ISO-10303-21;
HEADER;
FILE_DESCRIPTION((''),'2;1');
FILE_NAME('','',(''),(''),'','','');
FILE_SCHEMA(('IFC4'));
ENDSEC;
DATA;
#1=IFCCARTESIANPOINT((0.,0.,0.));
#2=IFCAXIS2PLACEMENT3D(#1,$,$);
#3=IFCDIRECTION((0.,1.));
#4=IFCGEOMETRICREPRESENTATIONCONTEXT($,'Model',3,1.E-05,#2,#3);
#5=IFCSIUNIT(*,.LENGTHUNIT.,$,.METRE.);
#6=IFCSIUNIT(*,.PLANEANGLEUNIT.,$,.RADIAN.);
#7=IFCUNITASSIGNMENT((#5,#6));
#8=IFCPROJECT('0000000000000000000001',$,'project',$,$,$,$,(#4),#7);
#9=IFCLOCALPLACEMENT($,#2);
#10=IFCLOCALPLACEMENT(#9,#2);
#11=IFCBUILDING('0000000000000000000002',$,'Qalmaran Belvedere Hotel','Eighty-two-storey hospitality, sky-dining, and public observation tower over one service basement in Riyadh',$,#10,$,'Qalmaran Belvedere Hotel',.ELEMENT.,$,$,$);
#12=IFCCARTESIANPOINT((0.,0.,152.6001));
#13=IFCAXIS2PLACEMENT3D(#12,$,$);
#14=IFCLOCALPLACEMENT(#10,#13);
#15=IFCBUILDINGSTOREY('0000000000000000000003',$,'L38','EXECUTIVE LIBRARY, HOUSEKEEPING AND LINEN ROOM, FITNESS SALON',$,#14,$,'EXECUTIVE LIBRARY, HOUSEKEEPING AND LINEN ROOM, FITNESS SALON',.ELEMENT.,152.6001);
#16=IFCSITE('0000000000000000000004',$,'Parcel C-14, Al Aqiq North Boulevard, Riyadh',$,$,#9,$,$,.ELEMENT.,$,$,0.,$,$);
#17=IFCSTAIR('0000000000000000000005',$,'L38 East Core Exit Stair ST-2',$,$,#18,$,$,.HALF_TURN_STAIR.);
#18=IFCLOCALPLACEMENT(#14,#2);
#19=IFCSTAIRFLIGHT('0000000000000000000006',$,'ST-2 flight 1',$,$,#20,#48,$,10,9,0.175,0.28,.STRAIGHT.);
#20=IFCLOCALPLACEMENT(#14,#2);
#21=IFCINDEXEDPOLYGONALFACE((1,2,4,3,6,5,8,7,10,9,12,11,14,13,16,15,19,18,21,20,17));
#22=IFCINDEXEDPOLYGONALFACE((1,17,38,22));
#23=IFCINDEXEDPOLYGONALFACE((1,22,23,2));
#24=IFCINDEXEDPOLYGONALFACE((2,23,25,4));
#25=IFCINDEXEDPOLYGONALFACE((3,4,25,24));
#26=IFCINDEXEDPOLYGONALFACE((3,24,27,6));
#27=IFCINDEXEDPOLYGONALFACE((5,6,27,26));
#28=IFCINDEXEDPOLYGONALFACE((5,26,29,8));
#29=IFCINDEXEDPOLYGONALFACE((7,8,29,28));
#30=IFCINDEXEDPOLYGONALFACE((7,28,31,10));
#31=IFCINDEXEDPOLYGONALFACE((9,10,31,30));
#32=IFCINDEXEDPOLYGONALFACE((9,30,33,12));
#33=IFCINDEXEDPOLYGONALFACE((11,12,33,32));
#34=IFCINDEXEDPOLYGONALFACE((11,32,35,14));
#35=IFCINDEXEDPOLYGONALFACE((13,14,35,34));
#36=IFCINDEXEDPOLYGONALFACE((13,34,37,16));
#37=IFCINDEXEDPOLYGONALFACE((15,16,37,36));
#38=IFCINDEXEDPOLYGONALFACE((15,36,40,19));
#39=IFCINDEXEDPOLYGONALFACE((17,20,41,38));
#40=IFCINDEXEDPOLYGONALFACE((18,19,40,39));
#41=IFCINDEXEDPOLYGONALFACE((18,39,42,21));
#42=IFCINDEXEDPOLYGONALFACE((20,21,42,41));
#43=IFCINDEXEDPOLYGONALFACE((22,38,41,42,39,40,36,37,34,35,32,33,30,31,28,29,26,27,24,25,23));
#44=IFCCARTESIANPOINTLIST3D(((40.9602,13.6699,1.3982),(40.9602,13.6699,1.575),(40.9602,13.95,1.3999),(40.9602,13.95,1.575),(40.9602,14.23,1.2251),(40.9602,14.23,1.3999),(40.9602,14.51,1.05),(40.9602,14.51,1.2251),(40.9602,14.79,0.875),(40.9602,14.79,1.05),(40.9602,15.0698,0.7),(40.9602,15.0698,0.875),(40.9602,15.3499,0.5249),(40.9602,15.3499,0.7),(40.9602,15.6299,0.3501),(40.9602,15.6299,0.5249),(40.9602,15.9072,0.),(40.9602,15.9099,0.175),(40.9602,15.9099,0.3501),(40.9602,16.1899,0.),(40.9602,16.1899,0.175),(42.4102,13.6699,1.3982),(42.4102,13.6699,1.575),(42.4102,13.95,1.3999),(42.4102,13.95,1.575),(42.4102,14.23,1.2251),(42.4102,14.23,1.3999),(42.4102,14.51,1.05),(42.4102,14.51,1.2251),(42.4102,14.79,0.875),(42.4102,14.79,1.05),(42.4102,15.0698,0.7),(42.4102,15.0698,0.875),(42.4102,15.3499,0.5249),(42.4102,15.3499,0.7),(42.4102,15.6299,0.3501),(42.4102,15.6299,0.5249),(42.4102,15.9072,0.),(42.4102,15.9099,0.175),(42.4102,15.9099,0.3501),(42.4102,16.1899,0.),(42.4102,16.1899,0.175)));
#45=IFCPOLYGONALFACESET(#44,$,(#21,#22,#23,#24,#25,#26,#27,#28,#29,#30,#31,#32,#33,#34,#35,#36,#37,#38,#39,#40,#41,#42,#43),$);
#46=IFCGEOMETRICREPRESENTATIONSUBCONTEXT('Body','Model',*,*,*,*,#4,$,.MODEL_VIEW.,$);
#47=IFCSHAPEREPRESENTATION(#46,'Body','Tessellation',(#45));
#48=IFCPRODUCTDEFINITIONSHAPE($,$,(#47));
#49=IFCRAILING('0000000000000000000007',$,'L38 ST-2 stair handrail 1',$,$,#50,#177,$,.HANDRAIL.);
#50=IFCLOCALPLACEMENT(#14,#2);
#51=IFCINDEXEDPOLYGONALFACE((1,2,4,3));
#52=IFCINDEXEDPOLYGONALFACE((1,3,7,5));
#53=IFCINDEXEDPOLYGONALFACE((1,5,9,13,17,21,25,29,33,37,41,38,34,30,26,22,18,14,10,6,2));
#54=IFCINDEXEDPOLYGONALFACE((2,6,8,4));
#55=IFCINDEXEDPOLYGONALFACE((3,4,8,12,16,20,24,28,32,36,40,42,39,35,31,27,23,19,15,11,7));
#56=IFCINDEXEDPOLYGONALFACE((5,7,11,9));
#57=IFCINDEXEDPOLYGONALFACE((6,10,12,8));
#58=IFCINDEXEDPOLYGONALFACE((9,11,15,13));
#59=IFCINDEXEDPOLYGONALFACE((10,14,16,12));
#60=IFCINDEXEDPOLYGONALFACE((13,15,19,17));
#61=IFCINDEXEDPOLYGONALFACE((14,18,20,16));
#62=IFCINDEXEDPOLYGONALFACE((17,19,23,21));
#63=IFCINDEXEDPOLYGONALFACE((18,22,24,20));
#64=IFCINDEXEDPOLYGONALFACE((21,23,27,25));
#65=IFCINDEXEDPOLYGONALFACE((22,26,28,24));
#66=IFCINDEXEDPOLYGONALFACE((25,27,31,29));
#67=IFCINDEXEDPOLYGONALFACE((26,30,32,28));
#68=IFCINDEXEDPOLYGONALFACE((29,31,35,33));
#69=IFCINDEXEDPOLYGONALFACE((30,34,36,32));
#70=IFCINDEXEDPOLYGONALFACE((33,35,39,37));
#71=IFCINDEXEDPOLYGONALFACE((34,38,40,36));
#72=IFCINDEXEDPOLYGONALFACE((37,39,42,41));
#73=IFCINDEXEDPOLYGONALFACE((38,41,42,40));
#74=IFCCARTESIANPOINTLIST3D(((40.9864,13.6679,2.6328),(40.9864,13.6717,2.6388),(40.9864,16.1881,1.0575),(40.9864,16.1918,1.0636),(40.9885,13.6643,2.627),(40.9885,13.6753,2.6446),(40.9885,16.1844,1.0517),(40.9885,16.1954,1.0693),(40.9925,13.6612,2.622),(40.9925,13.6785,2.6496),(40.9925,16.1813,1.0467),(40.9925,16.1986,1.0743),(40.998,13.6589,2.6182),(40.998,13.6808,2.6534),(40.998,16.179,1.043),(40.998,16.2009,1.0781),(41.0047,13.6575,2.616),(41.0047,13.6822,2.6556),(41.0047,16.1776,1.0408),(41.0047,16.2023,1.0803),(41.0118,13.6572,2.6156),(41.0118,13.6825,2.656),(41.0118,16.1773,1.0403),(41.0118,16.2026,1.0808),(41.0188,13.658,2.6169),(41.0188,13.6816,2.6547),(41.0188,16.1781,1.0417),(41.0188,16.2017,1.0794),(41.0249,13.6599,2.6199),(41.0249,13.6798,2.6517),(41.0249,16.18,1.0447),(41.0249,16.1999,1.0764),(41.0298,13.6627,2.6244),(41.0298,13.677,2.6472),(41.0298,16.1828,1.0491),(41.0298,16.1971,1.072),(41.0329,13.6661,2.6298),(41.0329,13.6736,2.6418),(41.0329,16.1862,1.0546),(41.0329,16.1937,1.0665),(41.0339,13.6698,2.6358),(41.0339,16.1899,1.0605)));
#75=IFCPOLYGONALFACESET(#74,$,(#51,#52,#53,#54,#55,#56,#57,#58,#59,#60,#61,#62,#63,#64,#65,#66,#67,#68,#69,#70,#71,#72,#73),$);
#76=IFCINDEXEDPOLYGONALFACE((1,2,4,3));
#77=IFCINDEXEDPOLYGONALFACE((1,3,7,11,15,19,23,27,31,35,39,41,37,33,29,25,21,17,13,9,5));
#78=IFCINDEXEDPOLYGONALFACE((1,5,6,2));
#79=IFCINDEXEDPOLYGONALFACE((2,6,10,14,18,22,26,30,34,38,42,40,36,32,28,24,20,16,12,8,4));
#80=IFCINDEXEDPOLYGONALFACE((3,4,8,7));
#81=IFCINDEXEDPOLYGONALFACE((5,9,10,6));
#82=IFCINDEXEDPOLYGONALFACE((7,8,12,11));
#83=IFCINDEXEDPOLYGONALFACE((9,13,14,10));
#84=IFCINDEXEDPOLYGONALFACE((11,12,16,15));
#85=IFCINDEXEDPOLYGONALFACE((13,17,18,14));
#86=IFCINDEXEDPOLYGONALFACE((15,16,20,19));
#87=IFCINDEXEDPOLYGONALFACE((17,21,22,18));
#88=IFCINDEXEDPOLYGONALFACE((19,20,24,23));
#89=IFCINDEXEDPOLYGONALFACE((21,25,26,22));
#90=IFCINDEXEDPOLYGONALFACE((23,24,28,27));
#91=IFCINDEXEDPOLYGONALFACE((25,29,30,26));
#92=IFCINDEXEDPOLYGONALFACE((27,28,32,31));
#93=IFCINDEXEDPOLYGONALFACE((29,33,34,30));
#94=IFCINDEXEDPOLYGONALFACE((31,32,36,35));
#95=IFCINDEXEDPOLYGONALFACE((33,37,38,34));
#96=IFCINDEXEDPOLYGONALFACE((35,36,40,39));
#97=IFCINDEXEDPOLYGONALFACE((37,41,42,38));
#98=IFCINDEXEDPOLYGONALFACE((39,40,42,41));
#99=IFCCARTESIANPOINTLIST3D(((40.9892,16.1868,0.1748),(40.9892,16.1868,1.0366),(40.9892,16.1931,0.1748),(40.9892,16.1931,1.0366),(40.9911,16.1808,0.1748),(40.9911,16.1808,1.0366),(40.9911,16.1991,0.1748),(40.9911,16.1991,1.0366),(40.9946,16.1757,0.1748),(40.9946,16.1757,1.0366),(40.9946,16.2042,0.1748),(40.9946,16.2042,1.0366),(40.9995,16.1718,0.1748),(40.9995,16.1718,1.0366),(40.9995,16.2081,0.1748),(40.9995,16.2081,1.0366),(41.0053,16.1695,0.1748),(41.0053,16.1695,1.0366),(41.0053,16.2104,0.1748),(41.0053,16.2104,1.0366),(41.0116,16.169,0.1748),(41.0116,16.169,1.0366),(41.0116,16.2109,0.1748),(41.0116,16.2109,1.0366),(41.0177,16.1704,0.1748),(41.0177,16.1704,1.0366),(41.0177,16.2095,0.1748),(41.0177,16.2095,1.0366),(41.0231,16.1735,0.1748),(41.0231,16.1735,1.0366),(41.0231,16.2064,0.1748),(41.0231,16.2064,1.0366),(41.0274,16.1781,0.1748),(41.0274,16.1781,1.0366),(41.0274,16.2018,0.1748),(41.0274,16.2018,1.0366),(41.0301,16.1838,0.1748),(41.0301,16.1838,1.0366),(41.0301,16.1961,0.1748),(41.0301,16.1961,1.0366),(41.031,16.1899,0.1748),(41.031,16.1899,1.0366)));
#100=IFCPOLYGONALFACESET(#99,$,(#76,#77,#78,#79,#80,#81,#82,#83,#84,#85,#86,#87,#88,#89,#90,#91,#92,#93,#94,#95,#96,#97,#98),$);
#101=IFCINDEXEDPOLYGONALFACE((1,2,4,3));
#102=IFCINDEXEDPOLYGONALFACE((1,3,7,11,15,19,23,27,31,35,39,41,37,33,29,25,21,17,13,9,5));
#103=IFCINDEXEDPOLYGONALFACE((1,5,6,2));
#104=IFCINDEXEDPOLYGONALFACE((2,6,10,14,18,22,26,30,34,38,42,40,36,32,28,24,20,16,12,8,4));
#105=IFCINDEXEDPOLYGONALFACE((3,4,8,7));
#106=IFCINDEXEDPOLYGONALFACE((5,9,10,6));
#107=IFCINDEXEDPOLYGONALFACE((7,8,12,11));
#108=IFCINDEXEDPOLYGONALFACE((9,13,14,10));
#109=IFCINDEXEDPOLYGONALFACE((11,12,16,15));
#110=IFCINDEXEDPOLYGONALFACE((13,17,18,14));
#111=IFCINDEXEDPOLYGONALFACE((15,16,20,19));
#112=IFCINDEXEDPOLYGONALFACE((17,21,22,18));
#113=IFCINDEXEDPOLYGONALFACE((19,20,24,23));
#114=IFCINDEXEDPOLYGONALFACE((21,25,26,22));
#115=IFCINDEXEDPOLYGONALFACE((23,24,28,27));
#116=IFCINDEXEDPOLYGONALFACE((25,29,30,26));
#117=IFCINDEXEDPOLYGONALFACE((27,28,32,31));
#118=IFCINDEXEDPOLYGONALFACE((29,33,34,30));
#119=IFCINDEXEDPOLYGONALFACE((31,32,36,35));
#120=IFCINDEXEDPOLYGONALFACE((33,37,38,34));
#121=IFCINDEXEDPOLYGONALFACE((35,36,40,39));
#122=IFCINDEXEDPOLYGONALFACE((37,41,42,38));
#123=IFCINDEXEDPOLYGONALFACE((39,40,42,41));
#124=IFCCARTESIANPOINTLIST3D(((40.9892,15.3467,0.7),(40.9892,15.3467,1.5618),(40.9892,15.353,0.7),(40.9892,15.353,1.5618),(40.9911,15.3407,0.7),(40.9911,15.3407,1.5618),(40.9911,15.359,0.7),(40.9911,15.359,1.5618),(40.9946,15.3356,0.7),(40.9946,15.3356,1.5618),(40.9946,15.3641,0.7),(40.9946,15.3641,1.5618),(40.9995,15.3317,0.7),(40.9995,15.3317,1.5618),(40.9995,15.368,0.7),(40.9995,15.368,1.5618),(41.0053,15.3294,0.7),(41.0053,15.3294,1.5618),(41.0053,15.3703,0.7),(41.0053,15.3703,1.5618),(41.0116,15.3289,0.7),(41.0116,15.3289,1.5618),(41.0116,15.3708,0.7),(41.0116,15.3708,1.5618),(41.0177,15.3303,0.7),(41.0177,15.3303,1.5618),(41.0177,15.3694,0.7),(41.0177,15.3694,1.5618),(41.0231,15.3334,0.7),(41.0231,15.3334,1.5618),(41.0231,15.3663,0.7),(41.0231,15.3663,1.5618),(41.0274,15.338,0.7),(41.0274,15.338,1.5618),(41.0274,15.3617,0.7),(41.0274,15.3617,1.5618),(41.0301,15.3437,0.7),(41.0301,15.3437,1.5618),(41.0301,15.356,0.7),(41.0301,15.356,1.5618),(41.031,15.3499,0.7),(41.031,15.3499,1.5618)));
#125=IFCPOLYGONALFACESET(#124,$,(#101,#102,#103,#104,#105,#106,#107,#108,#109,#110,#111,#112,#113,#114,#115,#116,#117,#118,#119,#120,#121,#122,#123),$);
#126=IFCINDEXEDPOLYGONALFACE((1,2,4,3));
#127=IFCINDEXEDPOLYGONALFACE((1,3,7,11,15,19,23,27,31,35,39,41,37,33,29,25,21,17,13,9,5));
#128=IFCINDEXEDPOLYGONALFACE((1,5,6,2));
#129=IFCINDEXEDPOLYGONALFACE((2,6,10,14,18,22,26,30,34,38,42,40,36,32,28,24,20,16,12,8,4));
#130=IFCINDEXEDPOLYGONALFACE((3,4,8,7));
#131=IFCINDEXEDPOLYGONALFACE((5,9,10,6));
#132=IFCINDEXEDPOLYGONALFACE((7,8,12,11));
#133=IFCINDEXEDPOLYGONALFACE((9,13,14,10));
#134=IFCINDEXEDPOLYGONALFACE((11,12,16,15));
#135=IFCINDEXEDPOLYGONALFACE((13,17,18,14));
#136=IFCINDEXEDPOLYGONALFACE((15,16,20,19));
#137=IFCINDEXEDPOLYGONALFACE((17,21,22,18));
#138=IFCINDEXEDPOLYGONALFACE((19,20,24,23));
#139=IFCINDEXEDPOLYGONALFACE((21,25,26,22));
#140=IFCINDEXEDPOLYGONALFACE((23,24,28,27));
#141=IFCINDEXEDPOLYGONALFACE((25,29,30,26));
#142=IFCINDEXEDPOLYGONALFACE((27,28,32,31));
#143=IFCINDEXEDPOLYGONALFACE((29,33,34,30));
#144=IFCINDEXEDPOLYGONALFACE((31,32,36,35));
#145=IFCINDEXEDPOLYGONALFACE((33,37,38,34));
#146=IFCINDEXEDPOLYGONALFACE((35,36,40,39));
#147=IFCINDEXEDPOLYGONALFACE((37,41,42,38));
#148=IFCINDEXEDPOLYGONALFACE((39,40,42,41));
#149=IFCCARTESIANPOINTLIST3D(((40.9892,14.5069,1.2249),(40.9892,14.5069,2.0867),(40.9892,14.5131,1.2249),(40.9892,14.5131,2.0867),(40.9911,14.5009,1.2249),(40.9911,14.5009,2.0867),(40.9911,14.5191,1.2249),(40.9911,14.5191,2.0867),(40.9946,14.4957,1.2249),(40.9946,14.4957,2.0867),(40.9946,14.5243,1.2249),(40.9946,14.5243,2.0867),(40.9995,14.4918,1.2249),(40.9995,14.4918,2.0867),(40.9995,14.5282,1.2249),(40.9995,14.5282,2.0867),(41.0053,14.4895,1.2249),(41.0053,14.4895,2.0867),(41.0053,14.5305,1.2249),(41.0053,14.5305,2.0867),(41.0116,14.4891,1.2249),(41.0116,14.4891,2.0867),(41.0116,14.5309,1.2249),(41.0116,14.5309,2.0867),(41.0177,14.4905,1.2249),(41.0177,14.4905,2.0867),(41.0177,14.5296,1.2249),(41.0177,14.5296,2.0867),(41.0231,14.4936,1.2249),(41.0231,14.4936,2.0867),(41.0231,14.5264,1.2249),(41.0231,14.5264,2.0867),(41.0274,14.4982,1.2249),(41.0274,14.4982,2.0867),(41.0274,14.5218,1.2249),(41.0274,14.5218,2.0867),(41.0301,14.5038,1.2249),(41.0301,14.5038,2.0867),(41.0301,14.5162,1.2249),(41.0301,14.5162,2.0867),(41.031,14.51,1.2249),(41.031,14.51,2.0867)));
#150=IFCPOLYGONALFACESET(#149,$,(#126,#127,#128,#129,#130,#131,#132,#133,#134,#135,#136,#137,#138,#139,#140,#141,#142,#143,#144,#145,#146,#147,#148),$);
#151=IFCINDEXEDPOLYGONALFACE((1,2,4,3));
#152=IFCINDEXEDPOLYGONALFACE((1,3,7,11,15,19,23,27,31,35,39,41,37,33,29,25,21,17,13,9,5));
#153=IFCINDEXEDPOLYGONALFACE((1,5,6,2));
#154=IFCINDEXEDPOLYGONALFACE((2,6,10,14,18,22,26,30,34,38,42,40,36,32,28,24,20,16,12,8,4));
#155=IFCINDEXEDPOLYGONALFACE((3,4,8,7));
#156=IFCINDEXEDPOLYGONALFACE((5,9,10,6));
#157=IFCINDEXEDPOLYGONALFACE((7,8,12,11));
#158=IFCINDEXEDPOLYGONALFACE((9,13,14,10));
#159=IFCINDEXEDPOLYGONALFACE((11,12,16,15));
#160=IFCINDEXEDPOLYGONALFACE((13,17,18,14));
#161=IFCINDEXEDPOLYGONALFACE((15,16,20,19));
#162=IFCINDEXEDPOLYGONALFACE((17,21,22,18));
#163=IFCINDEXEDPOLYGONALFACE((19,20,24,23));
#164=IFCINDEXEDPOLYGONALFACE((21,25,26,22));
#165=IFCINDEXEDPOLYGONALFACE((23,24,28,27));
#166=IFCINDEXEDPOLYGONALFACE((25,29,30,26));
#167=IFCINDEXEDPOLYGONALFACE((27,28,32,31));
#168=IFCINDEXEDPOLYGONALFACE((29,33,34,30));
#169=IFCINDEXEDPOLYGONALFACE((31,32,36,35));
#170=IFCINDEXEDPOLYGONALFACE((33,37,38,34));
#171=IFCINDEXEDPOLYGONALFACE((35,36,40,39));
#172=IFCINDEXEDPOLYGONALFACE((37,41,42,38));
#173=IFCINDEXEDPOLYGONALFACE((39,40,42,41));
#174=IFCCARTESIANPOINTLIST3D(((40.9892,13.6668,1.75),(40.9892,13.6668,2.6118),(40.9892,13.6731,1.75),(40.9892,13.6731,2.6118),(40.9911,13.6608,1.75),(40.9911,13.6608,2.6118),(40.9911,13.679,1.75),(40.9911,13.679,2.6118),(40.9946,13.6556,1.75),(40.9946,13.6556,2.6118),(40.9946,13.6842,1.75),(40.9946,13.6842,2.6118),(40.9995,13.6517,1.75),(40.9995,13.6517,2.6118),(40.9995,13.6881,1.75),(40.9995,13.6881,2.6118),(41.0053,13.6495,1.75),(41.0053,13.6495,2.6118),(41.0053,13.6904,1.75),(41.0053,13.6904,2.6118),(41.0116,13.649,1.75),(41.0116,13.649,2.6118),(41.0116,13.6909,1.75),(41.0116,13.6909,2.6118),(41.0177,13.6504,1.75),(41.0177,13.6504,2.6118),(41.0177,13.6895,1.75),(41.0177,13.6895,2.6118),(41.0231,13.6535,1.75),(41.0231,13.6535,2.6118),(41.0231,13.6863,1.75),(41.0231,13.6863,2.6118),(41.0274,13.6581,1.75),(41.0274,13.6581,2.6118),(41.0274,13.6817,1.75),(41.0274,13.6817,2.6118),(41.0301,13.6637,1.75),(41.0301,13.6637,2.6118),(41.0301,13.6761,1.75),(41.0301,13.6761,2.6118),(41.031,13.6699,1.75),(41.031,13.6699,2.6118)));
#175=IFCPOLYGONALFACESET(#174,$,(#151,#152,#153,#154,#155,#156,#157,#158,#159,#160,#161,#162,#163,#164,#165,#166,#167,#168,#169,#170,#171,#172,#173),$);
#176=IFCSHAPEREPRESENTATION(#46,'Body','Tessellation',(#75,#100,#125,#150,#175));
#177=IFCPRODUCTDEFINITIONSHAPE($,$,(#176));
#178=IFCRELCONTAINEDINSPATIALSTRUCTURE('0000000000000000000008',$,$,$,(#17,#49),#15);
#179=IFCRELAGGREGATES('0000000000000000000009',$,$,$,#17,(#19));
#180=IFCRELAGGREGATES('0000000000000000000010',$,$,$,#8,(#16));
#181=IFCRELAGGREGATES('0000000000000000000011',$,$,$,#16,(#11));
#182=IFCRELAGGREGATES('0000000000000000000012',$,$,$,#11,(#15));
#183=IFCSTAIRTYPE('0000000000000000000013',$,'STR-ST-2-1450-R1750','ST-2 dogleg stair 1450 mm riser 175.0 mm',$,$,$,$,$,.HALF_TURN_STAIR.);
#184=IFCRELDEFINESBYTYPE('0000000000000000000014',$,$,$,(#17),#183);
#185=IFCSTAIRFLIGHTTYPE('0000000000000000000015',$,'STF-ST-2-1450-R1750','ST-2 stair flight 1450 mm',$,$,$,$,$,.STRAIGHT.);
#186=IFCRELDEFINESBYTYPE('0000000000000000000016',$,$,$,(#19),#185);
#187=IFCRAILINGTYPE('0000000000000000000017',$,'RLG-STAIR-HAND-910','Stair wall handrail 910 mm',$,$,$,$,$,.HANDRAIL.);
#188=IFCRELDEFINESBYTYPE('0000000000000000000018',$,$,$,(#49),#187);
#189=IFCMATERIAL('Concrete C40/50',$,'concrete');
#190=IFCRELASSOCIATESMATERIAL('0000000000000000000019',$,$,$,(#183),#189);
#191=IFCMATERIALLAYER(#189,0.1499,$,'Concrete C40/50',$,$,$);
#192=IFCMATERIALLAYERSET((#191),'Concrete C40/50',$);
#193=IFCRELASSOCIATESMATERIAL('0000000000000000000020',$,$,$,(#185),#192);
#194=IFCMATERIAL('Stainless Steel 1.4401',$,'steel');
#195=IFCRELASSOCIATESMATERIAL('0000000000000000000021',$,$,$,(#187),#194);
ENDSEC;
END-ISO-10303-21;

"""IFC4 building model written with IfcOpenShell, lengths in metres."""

from ifc_helpers import new_model, si_unit, direction, frame, origin, origin_2d, place, context, subcontext, project, spatial, polyline, circle, outline, extrude, material, layer, layer_set, type_object, element, aggregate, save


model = new_model("IFC4")

# Units and contexts
model_context = context("Model", 3, precision=1e-05, world=origin(), true_north=direction((0.0, 1.0)))
body_context = subcontext(model_context, "Body", "Model", "MODEL_VIEW")
ifc_project = project(units=[si_unit("LENGTHUNIT", "METRE"), si_unit("PLANEANGLEUNIT", "RADIAN")], contexts=[model_context])

# Site, building, storey
site_placement = place(None, origin())
site = spatial("IfcSite", under=ifc_project, at=site_placement, Name="Parcel C-14, Al Aqiq North Boulevard, Riyadh", CompositionType="ELEMENT", RefElevation=0.0)
building_placement = place(site_placement, origin())
building = spatial("IfcBuilding", under=site, at=building_placement, Name="Qalmaran Belvedere Hotel", Description="Eighty-two-storey hospitality, sky-dining, and public observation tower over one service basement in Riyadh", LongName="Qalmaran Belvedere Hotel", CompositionType="ELEMENT")
storey_placement = place(building_placement, frame((0.0, 0.0, 152.6001)))
storey = spatial("IfcBuildingStorey", under=building, at=storey_placement, Name="L38", Description="EXECUTIVE LIBRARY, HOUSEKEEPING AND LINEN ROOM, FITNESS SALON", LongName="EXECUTIVE LIBRARY, HOUSEKEEPING AND LINEN ROOM, FITNESS SALON", CompositionType="ELEMENT", Elevation=152.6001)

# Shared definitions
ifc_material_1 = material(Name="Stainless Steel 1.4401", Category="steel")

# Stair, stair flight
ifc_material_2 = material(Name="Concrete C40/50", Category="concrete")
stair_type = type_object("IfcStairType", Name="STR-ST-2-1450-R1750", Description="ST-2 dogleg stair 1450 mm riser 175.0 mm", PredefinedType="HALF_TURN_STAIR", material=ifc_material_2)
stair_placement = place(storey_placement, origin())
stair = element("IfcStair", 1, at=stair_placement, inside=storey, type_object=stair_type, Name="L38 East Core Exit Stair ST-2", PredefinedType="HALF_TURN_STAIR")
ifc_layer_1 = layer(ifc_material_2, 0.1499, Name="Concrete C40/50")
ifc_layer_set_1 = layer_set([ifc_layer_1], Name="Concrete C40/50")
stair_flight_type = type_object("IfcStairFlightType", Name="STF-ST-2-1450-R1750", Description="ST-2 stair flight 1450 mm", PredefinedType="STRAIGHT", material=ifc_layer_set_1)
stair_flight_placement = place(storey_placement, frame((41.6851, 16.1899, 0.0), z_axis=(0.0, 0.0, 1.0), x_axis=(0.0, -1.0, 0.0)))
stair_flight = element("IfcStairFlight", 2, at=stair_flight_placement, type_object=stair_flight_type, Name="ST-2 flight 1", NumberOfRisers=10, NumberOfTreads=9, PredefinedType="STRAIGHT", RiserHeight=0.175, TreadLength=0.28, context=body_context, shape_type="SweptSolid", body=[
    extrude(outline(polyline([(0.0, 0.0), (0.0, 0.175), (0.28, 0.175), (0.28, 0.3501), (0.5601, 0.3501), (0.5601, 0.5249), (0.8401, 0.5249), (0.8401, 0.7), (1.1201, 0.7), (1.1201, 0.875), (1.3999, 0.875), (1.3999, 1.05), (1.6799, 1.05), (1.6799, 1.2251), (1.96, 1.2251), (1.96, 1.3999), (2.24, 1.3999), (2.24, 1.575), (2.52, 1.575), (2.52, 1.75), (2.52, 1.3982), (0.2827, 0.0), (0.0, 0.0)])), frame((0.0, 0.7251, 0.0), z_axis=(0.0, -1.0, 0.0), x_axis=(1.0, 0.0, 0.0)), (0.0, 0.0, 1.0), 1.45),
])
aggregate(stair, [stair_flight])

# Railing
railing_type = type_object("IfcRailingType", Name="RLG-STAIR-HAND-910", Description="Stair wall handrail 910 mm", PredefinedType="HANDRAIL", material=ifc_material_1)
railing_placement = place(storey_placement, frame((41.01, 16.1899, 0.1748)))
element("IfcRailing", 3, at=railing_placement, inside=storey, type_object=railing_type, Name="L38 ST-2 stair handrail 1", PredefinedType="HANDRAIL", context=body_context, shape_type="SweptSolid", body=[
    extrude(circle(Radius=0.0239, at=origin_2d()), frame((0.0, 0.0, 0.8857), z_axis=(0.0, -0.847971, 0.530043), x_axis=(1.0, 0.0, 0.0)), (0.0, 0.0, 1.0), 2.9719),
    extrude(circle(Radius=0.021, at=origin_2d()), origin(), (0.0, 0.0, 1.0), 0.8618),
    extrude(circle(Radius=0.021, at=origin_2d()), frame((0.0, -0.8401, 0.5251)), (0.0, 0.0, 1.0), 0.8618),
    extrude(circle(Radius=0.021, at=origin_2d()), frame((0.0, -1.6799, 1.05)), (0.0, 0.0, 1.0), 0.8618),
    extrude(circle(Radius=0.021, at=origin_2d()), frame((0.0, -2.52, 1.5752)), (0.0, 0.0, 1.0), 0.8618),
])

save(model, "model.ifc")
